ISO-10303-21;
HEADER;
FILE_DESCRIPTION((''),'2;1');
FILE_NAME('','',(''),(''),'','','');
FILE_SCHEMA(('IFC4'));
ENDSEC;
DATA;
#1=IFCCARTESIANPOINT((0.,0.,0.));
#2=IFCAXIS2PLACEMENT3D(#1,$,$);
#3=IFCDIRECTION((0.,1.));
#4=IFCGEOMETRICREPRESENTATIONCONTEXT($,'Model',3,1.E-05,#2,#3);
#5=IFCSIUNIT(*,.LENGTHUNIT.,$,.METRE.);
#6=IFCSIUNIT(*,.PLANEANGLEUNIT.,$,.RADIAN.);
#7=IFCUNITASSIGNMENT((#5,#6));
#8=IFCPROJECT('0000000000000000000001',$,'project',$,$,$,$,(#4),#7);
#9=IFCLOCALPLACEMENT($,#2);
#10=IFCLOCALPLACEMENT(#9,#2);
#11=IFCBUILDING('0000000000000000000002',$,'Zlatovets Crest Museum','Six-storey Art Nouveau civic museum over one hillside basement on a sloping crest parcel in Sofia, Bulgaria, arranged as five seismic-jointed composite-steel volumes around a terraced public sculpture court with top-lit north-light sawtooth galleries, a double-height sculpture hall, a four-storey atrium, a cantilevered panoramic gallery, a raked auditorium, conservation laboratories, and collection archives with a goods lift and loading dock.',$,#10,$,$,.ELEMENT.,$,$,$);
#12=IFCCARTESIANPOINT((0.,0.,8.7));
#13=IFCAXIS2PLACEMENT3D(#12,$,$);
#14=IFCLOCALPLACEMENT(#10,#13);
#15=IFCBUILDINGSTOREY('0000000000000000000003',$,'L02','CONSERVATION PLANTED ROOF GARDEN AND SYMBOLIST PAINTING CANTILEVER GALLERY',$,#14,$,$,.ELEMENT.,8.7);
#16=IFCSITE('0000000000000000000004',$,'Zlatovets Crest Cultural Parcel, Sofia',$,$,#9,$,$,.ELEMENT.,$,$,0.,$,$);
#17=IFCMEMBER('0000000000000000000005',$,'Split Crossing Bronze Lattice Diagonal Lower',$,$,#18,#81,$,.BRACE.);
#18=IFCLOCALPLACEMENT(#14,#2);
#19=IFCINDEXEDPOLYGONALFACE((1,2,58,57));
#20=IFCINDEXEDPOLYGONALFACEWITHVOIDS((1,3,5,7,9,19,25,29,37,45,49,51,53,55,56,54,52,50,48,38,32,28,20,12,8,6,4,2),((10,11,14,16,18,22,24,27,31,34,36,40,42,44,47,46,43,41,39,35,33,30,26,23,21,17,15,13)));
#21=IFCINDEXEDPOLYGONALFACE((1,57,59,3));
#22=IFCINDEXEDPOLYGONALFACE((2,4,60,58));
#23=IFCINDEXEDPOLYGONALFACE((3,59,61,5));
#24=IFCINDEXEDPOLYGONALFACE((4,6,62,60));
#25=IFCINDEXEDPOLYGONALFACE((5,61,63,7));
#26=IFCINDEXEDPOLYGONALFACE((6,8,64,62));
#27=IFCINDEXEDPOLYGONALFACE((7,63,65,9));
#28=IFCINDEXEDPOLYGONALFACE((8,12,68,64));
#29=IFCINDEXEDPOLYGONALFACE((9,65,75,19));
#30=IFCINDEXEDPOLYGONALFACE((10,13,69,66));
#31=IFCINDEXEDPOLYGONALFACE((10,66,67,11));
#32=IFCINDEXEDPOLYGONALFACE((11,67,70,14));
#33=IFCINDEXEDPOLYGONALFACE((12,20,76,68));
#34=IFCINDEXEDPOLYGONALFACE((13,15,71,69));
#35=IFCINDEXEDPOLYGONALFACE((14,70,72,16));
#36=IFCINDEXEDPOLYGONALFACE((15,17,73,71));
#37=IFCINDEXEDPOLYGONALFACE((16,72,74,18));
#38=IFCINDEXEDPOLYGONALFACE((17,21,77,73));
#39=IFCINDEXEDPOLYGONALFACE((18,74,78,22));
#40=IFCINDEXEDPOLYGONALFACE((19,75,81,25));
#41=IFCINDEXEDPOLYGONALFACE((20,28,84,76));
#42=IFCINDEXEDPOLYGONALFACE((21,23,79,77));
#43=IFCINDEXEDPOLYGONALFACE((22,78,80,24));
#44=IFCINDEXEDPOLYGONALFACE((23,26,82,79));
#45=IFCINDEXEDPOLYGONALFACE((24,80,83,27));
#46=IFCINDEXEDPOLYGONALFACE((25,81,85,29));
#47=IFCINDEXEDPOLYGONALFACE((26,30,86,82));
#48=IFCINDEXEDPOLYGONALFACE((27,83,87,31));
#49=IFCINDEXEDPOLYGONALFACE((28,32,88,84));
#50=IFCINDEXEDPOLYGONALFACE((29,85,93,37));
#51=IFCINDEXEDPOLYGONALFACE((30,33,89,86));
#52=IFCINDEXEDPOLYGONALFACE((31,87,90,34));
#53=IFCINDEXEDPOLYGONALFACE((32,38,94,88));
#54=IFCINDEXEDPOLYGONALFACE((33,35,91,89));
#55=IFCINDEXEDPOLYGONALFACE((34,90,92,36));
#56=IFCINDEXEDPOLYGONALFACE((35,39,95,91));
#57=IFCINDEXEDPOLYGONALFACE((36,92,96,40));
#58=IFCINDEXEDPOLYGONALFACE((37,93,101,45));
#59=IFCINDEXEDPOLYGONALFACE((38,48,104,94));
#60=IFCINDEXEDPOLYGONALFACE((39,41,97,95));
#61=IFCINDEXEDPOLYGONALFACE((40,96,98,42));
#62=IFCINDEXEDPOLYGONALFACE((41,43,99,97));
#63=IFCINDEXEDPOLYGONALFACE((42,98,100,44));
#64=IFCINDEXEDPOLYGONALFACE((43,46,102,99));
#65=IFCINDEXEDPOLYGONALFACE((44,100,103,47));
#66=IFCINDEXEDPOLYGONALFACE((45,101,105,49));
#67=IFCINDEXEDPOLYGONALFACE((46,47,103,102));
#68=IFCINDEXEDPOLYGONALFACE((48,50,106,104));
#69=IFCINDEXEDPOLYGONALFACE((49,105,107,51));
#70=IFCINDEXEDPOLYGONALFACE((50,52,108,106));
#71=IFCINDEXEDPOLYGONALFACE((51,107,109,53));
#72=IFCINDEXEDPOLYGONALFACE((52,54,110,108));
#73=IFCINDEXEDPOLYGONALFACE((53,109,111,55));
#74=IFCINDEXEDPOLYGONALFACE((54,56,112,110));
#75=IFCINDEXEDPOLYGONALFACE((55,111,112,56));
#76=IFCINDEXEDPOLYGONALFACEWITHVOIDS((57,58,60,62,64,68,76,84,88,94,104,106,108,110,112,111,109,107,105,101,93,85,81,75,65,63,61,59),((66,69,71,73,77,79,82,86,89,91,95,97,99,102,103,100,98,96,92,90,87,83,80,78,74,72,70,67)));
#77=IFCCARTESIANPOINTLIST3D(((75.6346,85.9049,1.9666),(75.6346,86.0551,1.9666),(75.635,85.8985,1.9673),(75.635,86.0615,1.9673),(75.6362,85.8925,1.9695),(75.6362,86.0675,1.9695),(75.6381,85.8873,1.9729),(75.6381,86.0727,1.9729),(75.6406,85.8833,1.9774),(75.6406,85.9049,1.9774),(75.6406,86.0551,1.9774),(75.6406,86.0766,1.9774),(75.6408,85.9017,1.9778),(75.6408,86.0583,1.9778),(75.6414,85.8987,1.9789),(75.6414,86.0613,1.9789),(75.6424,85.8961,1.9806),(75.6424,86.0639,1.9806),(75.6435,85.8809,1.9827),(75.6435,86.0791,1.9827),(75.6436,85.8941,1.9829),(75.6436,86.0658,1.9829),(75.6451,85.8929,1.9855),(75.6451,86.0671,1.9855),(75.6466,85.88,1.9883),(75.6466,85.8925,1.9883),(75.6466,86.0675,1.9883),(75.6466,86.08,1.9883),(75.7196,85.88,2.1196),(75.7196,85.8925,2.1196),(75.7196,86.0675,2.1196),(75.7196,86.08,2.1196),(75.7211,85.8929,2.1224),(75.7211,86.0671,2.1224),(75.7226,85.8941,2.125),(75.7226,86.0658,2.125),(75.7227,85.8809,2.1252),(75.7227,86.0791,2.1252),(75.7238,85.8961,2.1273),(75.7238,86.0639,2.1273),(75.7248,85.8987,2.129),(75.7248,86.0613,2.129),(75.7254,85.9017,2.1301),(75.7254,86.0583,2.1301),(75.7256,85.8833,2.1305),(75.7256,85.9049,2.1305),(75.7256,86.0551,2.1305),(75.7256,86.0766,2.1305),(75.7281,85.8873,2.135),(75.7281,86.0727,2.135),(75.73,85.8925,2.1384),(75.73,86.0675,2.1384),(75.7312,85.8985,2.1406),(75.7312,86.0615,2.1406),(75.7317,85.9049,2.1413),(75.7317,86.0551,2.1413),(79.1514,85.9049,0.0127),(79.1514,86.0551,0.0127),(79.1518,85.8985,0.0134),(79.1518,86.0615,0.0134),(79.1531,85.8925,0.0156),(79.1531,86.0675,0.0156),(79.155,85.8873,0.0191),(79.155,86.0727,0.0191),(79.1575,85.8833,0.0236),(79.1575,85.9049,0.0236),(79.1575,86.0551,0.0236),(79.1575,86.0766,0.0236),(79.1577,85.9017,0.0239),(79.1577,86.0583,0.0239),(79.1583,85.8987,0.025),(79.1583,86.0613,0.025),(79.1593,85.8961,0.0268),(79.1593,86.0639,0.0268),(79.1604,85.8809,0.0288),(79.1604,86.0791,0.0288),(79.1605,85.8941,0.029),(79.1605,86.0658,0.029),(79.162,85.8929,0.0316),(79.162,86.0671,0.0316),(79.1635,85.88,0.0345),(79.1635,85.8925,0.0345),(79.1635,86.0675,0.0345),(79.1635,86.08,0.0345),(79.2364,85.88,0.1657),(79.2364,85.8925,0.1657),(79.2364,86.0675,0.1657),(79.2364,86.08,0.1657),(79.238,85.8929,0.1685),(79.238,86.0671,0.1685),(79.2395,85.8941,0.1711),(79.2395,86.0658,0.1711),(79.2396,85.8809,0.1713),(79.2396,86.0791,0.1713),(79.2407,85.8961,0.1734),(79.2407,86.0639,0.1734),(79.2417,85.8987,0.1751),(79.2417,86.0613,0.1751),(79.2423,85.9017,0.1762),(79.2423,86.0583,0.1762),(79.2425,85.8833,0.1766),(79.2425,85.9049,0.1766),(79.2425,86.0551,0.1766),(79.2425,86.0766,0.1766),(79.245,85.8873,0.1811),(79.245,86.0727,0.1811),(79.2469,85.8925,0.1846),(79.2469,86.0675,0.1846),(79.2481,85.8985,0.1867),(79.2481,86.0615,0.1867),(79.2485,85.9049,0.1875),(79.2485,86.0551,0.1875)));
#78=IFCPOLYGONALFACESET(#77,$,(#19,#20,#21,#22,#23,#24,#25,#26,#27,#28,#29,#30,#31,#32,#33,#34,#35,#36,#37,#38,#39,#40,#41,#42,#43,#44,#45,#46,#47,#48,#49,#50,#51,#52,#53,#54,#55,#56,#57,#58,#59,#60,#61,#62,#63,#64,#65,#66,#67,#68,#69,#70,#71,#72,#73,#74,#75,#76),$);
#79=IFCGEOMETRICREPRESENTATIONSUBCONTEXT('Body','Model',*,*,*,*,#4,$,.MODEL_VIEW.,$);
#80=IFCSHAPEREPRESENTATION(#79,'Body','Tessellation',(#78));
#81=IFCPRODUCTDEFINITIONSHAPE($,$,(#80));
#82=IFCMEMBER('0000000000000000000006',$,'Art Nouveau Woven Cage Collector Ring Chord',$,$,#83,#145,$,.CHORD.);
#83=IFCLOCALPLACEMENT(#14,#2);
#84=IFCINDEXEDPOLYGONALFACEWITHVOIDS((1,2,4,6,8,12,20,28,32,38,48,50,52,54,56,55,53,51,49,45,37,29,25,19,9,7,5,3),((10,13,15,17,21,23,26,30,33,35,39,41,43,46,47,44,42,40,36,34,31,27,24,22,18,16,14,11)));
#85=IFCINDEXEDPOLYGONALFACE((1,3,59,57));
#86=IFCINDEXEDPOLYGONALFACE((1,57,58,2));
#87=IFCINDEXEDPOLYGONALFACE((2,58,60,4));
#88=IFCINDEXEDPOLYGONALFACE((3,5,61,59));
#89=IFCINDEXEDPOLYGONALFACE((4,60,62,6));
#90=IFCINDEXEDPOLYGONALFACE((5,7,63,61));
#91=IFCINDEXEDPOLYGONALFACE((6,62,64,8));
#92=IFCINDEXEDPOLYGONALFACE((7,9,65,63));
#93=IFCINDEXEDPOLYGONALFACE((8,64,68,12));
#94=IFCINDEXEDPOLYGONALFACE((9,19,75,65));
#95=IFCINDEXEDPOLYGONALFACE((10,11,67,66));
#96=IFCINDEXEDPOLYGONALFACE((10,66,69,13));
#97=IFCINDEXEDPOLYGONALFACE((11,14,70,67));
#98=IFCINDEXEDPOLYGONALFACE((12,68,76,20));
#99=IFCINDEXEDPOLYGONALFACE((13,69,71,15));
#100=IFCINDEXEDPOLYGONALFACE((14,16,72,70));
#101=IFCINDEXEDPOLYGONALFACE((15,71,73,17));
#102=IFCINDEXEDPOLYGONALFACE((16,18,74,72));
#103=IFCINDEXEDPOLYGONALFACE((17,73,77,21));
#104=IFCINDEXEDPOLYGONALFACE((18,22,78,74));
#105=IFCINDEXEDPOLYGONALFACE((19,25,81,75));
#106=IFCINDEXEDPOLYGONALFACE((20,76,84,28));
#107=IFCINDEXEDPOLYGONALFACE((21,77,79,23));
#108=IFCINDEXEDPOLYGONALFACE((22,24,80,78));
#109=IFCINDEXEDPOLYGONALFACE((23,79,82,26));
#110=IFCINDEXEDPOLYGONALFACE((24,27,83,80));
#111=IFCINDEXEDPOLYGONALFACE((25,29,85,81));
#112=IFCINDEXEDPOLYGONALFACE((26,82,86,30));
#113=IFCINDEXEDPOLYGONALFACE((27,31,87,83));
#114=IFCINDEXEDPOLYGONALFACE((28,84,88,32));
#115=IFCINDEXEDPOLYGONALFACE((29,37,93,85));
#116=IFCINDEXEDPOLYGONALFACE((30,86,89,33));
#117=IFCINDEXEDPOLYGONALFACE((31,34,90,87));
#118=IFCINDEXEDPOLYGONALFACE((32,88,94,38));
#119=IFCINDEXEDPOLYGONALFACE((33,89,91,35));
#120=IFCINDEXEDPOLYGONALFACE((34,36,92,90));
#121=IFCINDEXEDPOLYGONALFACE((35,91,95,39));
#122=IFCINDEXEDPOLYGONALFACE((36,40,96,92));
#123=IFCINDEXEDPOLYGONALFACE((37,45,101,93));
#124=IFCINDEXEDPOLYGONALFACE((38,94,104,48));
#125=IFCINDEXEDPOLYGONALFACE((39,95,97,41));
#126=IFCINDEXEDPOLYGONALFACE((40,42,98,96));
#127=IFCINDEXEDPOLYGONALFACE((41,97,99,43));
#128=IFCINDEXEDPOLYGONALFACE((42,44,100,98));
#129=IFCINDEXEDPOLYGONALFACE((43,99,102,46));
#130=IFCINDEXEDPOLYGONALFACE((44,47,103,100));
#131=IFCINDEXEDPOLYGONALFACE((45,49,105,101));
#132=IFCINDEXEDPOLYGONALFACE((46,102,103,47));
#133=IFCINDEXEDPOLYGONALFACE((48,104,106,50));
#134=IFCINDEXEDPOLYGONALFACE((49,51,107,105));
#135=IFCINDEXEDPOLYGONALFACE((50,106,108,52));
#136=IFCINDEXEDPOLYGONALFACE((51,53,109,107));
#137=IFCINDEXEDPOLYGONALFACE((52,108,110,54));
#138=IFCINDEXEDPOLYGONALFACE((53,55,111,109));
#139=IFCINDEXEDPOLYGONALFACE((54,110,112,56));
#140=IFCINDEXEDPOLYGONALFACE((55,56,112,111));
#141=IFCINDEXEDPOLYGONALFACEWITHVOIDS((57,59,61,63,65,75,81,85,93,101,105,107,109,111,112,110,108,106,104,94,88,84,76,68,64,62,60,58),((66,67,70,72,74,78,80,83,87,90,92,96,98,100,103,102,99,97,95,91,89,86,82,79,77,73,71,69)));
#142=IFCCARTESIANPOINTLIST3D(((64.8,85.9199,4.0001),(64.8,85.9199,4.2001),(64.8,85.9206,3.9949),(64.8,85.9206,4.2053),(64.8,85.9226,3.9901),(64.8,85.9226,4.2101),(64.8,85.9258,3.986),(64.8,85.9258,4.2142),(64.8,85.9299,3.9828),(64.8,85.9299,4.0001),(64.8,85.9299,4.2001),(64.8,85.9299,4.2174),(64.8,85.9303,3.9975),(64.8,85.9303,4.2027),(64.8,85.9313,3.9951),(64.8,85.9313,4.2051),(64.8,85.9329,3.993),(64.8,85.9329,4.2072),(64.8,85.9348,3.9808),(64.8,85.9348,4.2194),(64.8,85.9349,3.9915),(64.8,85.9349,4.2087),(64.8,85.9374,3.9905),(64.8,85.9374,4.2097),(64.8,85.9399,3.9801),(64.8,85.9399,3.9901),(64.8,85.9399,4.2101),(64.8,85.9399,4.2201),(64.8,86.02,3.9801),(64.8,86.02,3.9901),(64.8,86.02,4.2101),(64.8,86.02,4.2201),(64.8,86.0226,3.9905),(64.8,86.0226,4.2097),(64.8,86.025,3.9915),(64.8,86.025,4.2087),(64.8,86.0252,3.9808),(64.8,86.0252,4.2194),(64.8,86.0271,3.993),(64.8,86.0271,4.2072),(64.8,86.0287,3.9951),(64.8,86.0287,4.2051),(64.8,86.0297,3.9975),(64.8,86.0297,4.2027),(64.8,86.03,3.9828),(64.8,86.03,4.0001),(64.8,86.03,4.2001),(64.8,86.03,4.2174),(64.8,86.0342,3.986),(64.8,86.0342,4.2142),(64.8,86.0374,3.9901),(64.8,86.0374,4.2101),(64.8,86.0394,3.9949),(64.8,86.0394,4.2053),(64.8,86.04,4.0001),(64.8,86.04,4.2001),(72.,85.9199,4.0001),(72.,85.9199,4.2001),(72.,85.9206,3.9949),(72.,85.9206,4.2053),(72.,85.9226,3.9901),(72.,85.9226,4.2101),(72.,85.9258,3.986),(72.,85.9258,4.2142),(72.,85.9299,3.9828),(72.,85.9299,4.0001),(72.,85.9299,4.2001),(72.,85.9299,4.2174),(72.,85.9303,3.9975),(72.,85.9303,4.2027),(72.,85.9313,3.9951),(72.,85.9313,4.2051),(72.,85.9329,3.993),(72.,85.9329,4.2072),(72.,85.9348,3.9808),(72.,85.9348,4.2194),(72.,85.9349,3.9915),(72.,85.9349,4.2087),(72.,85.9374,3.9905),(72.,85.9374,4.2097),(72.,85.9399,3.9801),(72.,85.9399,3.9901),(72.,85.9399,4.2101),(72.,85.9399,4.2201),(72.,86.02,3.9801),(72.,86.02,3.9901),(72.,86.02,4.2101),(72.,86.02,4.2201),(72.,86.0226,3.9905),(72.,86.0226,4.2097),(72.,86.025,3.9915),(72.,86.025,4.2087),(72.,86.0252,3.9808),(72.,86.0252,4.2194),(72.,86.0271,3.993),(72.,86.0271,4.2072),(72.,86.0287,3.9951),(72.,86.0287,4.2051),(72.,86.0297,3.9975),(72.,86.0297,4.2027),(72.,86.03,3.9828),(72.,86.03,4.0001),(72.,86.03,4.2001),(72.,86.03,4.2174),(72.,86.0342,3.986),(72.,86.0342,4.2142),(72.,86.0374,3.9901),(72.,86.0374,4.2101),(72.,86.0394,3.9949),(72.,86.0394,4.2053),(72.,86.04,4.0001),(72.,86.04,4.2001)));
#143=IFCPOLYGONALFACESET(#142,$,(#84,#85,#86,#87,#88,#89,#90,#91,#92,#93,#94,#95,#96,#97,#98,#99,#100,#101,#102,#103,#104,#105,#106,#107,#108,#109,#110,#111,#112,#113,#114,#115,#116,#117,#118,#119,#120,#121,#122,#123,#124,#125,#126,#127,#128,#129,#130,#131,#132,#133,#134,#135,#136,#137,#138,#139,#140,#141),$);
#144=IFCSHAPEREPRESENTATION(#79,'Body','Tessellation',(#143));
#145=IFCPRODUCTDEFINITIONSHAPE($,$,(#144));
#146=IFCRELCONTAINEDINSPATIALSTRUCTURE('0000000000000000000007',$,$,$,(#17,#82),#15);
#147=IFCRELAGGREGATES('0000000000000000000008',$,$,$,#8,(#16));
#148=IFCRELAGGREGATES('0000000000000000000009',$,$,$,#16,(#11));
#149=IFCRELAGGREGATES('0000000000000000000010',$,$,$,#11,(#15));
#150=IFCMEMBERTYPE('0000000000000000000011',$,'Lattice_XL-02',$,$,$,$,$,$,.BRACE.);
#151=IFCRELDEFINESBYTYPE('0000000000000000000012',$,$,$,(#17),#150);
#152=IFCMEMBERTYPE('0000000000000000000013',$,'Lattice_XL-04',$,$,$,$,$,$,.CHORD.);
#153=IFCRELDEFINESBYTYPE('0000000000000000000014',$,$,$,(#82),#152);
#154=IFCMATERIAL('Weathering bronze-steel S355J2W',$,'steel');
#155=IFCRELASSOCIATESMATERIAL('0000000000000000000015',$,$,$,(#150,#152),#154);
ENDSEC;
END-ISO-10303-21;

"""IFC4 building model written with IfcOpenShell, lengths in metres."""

from ifc_helpers import new_model, si_unit, direction, frame, origin, origin_2d, place, context, subcontext, project, spatial, hollow_rectangle, extrude, material, material_profile, profile_set, type_object, element, save


model = new_model("IFC4")

# Units and contexts
model_context = context("Model", 3, precision=1e-05, world=origin(), true_north=direction((0.0, 1.0)))
body_context = subcontext(model_context, "Body", "Model", "MODEL_VIEW")
ifc_project = project(units=[si_unit("LENGTHUNIT", "METRE"), si_unit("PLANEANGLEUNIT", "RADIAN")], contexts=[model_context])

# Site, building, storey
site_placement = place(None, origin())
site = spatial("IfcSite", under=ifc_project, at=site_placement, Name="Zlatovets Crest Cultural Parcel, Sofia", CompositionType="ELEMENT", RefElevation=0.0)
building_placement = place(site_placement, origin())
building = spatial("IfcBuilding", under=site, at=building_placement, Name="Zlatovets Crest Museum", Description="Six-storey Art Nouveau civic museum over one hillside basement on a sloping crest parcel in Sofia, Bulgaria, arranged as five seismic-jointed composite-steel volumes around a terraced public sculpture court with top-lit north-light sawtooth galleries, a double-height sculpture hall, a four-storey atrium, a cantilevered panoramic gallery, a raked auditorium, conservation laboratories, and collection archives with a goods lift and loading dock.", CompositionType="ELEMENT")
storey_placement = place(building_placement, frame((0.0, 0.0, 8.7)))
storey = spatial("IfcBuildingStorey", under=building, at=storey_placement, Name="L02", Description="CONSERVATION PLANTED ROOF GARDEN AND SYMBOLIST PAINTING CANTILEVER GALLERY", CompositionType="ELEMENT", Elevation=8.7)

# Members
ifc_material_1 = material(Name="Weathering bronze-steel S355J2W", Category="steel")
ifc_material_profile_1 = material_profile(ifc_material_1, hollow_rectangle(XDim=0.2, YDim=0.2, WallThickness=0.0125, InnerFilletRadius=0.0125, OuterFilletRadius=0.0249, at=origin_2d()), Name="SHS 200x200x12.5")
ifc_profile_set_1 = profile_set([ifc_material_profile_1], Name="Weathering bronze-steel S355J2W")
member_type_1 = type_object("IfcMemberType", Name="Lattice_XL-02", PredefinedType="BRACE", material=ifc_profile_set_1)
member_1_placement = place(storey_placement, frame((75.6831, 85.98, 2.054), z_axis=(0.874152, 0.0, -0.485653), x_axis=(0.0, 1.0, 0.0)))
element("IfcMember", 1, at=member_1_placement, inside=storey, type_object=member_type_1, Name="Split Crossing Bronze Lattice Diagonal Lower", PredefinedType="BRACE", context=body_context, shape_type="SweptSolid", body=[
    extrude(hollow_rectangle(XDim=0.2, YDim=0.2, WallThickness=0.0125, InnerFilletRadius=0.0125, OuterFilletRadius=0.0249, at=origin_2d()), origin(), (0.0, 0.0, 1.0), 4.0232),
])
ifc_material_profile_2 = material_profile(ifc_material_1, hollow_rectangle(XDim=0.1201, YDim=0.24, WallThickness=0.01, InnerFilletRadius=0.01, OuterFilletRadius=0.02, at=origin_2d()), Name="RHS 120x240x10.0")
ifc_profile_set_2 = profile_set([ifc_material_profile_2], Name="Weathering bronze-steel S355J2W")
member_type_2 = type_object("IfcMemberType", Name="Lattice_XL-04", PredefinedType="CHORD", material=ifc_profile_set_2)
for number, where, z_axis, x_axis, name in (
    (2, (64.8, 85.98, 4.1001), (1.0, 0.0, 0.0), (0.0, 1.0, 0.0), "Art Nouveau Woven Cage Collector Ring Chord"),
):
    element("IfcMember", number, at=place(storey_placement, frame(where, z_axis=z_axis, x_axis=x_axis)), inside=storey, type_object=member_type_2, Name=name, PredefinedType="CHORD", context=body_context, shape_type="SweptSolid", body=[
        extrude(hollow_rectangle(XDim=0.1201, YDim=0.24, WallThickness=0.01, InnerFilletRadius=0.01, OuterFilletRadius=0.02, at=origin_2d()), origin(), (0.0, 0.0, 1.0), 7.2),
    ])

save(model, "model.ifc")
